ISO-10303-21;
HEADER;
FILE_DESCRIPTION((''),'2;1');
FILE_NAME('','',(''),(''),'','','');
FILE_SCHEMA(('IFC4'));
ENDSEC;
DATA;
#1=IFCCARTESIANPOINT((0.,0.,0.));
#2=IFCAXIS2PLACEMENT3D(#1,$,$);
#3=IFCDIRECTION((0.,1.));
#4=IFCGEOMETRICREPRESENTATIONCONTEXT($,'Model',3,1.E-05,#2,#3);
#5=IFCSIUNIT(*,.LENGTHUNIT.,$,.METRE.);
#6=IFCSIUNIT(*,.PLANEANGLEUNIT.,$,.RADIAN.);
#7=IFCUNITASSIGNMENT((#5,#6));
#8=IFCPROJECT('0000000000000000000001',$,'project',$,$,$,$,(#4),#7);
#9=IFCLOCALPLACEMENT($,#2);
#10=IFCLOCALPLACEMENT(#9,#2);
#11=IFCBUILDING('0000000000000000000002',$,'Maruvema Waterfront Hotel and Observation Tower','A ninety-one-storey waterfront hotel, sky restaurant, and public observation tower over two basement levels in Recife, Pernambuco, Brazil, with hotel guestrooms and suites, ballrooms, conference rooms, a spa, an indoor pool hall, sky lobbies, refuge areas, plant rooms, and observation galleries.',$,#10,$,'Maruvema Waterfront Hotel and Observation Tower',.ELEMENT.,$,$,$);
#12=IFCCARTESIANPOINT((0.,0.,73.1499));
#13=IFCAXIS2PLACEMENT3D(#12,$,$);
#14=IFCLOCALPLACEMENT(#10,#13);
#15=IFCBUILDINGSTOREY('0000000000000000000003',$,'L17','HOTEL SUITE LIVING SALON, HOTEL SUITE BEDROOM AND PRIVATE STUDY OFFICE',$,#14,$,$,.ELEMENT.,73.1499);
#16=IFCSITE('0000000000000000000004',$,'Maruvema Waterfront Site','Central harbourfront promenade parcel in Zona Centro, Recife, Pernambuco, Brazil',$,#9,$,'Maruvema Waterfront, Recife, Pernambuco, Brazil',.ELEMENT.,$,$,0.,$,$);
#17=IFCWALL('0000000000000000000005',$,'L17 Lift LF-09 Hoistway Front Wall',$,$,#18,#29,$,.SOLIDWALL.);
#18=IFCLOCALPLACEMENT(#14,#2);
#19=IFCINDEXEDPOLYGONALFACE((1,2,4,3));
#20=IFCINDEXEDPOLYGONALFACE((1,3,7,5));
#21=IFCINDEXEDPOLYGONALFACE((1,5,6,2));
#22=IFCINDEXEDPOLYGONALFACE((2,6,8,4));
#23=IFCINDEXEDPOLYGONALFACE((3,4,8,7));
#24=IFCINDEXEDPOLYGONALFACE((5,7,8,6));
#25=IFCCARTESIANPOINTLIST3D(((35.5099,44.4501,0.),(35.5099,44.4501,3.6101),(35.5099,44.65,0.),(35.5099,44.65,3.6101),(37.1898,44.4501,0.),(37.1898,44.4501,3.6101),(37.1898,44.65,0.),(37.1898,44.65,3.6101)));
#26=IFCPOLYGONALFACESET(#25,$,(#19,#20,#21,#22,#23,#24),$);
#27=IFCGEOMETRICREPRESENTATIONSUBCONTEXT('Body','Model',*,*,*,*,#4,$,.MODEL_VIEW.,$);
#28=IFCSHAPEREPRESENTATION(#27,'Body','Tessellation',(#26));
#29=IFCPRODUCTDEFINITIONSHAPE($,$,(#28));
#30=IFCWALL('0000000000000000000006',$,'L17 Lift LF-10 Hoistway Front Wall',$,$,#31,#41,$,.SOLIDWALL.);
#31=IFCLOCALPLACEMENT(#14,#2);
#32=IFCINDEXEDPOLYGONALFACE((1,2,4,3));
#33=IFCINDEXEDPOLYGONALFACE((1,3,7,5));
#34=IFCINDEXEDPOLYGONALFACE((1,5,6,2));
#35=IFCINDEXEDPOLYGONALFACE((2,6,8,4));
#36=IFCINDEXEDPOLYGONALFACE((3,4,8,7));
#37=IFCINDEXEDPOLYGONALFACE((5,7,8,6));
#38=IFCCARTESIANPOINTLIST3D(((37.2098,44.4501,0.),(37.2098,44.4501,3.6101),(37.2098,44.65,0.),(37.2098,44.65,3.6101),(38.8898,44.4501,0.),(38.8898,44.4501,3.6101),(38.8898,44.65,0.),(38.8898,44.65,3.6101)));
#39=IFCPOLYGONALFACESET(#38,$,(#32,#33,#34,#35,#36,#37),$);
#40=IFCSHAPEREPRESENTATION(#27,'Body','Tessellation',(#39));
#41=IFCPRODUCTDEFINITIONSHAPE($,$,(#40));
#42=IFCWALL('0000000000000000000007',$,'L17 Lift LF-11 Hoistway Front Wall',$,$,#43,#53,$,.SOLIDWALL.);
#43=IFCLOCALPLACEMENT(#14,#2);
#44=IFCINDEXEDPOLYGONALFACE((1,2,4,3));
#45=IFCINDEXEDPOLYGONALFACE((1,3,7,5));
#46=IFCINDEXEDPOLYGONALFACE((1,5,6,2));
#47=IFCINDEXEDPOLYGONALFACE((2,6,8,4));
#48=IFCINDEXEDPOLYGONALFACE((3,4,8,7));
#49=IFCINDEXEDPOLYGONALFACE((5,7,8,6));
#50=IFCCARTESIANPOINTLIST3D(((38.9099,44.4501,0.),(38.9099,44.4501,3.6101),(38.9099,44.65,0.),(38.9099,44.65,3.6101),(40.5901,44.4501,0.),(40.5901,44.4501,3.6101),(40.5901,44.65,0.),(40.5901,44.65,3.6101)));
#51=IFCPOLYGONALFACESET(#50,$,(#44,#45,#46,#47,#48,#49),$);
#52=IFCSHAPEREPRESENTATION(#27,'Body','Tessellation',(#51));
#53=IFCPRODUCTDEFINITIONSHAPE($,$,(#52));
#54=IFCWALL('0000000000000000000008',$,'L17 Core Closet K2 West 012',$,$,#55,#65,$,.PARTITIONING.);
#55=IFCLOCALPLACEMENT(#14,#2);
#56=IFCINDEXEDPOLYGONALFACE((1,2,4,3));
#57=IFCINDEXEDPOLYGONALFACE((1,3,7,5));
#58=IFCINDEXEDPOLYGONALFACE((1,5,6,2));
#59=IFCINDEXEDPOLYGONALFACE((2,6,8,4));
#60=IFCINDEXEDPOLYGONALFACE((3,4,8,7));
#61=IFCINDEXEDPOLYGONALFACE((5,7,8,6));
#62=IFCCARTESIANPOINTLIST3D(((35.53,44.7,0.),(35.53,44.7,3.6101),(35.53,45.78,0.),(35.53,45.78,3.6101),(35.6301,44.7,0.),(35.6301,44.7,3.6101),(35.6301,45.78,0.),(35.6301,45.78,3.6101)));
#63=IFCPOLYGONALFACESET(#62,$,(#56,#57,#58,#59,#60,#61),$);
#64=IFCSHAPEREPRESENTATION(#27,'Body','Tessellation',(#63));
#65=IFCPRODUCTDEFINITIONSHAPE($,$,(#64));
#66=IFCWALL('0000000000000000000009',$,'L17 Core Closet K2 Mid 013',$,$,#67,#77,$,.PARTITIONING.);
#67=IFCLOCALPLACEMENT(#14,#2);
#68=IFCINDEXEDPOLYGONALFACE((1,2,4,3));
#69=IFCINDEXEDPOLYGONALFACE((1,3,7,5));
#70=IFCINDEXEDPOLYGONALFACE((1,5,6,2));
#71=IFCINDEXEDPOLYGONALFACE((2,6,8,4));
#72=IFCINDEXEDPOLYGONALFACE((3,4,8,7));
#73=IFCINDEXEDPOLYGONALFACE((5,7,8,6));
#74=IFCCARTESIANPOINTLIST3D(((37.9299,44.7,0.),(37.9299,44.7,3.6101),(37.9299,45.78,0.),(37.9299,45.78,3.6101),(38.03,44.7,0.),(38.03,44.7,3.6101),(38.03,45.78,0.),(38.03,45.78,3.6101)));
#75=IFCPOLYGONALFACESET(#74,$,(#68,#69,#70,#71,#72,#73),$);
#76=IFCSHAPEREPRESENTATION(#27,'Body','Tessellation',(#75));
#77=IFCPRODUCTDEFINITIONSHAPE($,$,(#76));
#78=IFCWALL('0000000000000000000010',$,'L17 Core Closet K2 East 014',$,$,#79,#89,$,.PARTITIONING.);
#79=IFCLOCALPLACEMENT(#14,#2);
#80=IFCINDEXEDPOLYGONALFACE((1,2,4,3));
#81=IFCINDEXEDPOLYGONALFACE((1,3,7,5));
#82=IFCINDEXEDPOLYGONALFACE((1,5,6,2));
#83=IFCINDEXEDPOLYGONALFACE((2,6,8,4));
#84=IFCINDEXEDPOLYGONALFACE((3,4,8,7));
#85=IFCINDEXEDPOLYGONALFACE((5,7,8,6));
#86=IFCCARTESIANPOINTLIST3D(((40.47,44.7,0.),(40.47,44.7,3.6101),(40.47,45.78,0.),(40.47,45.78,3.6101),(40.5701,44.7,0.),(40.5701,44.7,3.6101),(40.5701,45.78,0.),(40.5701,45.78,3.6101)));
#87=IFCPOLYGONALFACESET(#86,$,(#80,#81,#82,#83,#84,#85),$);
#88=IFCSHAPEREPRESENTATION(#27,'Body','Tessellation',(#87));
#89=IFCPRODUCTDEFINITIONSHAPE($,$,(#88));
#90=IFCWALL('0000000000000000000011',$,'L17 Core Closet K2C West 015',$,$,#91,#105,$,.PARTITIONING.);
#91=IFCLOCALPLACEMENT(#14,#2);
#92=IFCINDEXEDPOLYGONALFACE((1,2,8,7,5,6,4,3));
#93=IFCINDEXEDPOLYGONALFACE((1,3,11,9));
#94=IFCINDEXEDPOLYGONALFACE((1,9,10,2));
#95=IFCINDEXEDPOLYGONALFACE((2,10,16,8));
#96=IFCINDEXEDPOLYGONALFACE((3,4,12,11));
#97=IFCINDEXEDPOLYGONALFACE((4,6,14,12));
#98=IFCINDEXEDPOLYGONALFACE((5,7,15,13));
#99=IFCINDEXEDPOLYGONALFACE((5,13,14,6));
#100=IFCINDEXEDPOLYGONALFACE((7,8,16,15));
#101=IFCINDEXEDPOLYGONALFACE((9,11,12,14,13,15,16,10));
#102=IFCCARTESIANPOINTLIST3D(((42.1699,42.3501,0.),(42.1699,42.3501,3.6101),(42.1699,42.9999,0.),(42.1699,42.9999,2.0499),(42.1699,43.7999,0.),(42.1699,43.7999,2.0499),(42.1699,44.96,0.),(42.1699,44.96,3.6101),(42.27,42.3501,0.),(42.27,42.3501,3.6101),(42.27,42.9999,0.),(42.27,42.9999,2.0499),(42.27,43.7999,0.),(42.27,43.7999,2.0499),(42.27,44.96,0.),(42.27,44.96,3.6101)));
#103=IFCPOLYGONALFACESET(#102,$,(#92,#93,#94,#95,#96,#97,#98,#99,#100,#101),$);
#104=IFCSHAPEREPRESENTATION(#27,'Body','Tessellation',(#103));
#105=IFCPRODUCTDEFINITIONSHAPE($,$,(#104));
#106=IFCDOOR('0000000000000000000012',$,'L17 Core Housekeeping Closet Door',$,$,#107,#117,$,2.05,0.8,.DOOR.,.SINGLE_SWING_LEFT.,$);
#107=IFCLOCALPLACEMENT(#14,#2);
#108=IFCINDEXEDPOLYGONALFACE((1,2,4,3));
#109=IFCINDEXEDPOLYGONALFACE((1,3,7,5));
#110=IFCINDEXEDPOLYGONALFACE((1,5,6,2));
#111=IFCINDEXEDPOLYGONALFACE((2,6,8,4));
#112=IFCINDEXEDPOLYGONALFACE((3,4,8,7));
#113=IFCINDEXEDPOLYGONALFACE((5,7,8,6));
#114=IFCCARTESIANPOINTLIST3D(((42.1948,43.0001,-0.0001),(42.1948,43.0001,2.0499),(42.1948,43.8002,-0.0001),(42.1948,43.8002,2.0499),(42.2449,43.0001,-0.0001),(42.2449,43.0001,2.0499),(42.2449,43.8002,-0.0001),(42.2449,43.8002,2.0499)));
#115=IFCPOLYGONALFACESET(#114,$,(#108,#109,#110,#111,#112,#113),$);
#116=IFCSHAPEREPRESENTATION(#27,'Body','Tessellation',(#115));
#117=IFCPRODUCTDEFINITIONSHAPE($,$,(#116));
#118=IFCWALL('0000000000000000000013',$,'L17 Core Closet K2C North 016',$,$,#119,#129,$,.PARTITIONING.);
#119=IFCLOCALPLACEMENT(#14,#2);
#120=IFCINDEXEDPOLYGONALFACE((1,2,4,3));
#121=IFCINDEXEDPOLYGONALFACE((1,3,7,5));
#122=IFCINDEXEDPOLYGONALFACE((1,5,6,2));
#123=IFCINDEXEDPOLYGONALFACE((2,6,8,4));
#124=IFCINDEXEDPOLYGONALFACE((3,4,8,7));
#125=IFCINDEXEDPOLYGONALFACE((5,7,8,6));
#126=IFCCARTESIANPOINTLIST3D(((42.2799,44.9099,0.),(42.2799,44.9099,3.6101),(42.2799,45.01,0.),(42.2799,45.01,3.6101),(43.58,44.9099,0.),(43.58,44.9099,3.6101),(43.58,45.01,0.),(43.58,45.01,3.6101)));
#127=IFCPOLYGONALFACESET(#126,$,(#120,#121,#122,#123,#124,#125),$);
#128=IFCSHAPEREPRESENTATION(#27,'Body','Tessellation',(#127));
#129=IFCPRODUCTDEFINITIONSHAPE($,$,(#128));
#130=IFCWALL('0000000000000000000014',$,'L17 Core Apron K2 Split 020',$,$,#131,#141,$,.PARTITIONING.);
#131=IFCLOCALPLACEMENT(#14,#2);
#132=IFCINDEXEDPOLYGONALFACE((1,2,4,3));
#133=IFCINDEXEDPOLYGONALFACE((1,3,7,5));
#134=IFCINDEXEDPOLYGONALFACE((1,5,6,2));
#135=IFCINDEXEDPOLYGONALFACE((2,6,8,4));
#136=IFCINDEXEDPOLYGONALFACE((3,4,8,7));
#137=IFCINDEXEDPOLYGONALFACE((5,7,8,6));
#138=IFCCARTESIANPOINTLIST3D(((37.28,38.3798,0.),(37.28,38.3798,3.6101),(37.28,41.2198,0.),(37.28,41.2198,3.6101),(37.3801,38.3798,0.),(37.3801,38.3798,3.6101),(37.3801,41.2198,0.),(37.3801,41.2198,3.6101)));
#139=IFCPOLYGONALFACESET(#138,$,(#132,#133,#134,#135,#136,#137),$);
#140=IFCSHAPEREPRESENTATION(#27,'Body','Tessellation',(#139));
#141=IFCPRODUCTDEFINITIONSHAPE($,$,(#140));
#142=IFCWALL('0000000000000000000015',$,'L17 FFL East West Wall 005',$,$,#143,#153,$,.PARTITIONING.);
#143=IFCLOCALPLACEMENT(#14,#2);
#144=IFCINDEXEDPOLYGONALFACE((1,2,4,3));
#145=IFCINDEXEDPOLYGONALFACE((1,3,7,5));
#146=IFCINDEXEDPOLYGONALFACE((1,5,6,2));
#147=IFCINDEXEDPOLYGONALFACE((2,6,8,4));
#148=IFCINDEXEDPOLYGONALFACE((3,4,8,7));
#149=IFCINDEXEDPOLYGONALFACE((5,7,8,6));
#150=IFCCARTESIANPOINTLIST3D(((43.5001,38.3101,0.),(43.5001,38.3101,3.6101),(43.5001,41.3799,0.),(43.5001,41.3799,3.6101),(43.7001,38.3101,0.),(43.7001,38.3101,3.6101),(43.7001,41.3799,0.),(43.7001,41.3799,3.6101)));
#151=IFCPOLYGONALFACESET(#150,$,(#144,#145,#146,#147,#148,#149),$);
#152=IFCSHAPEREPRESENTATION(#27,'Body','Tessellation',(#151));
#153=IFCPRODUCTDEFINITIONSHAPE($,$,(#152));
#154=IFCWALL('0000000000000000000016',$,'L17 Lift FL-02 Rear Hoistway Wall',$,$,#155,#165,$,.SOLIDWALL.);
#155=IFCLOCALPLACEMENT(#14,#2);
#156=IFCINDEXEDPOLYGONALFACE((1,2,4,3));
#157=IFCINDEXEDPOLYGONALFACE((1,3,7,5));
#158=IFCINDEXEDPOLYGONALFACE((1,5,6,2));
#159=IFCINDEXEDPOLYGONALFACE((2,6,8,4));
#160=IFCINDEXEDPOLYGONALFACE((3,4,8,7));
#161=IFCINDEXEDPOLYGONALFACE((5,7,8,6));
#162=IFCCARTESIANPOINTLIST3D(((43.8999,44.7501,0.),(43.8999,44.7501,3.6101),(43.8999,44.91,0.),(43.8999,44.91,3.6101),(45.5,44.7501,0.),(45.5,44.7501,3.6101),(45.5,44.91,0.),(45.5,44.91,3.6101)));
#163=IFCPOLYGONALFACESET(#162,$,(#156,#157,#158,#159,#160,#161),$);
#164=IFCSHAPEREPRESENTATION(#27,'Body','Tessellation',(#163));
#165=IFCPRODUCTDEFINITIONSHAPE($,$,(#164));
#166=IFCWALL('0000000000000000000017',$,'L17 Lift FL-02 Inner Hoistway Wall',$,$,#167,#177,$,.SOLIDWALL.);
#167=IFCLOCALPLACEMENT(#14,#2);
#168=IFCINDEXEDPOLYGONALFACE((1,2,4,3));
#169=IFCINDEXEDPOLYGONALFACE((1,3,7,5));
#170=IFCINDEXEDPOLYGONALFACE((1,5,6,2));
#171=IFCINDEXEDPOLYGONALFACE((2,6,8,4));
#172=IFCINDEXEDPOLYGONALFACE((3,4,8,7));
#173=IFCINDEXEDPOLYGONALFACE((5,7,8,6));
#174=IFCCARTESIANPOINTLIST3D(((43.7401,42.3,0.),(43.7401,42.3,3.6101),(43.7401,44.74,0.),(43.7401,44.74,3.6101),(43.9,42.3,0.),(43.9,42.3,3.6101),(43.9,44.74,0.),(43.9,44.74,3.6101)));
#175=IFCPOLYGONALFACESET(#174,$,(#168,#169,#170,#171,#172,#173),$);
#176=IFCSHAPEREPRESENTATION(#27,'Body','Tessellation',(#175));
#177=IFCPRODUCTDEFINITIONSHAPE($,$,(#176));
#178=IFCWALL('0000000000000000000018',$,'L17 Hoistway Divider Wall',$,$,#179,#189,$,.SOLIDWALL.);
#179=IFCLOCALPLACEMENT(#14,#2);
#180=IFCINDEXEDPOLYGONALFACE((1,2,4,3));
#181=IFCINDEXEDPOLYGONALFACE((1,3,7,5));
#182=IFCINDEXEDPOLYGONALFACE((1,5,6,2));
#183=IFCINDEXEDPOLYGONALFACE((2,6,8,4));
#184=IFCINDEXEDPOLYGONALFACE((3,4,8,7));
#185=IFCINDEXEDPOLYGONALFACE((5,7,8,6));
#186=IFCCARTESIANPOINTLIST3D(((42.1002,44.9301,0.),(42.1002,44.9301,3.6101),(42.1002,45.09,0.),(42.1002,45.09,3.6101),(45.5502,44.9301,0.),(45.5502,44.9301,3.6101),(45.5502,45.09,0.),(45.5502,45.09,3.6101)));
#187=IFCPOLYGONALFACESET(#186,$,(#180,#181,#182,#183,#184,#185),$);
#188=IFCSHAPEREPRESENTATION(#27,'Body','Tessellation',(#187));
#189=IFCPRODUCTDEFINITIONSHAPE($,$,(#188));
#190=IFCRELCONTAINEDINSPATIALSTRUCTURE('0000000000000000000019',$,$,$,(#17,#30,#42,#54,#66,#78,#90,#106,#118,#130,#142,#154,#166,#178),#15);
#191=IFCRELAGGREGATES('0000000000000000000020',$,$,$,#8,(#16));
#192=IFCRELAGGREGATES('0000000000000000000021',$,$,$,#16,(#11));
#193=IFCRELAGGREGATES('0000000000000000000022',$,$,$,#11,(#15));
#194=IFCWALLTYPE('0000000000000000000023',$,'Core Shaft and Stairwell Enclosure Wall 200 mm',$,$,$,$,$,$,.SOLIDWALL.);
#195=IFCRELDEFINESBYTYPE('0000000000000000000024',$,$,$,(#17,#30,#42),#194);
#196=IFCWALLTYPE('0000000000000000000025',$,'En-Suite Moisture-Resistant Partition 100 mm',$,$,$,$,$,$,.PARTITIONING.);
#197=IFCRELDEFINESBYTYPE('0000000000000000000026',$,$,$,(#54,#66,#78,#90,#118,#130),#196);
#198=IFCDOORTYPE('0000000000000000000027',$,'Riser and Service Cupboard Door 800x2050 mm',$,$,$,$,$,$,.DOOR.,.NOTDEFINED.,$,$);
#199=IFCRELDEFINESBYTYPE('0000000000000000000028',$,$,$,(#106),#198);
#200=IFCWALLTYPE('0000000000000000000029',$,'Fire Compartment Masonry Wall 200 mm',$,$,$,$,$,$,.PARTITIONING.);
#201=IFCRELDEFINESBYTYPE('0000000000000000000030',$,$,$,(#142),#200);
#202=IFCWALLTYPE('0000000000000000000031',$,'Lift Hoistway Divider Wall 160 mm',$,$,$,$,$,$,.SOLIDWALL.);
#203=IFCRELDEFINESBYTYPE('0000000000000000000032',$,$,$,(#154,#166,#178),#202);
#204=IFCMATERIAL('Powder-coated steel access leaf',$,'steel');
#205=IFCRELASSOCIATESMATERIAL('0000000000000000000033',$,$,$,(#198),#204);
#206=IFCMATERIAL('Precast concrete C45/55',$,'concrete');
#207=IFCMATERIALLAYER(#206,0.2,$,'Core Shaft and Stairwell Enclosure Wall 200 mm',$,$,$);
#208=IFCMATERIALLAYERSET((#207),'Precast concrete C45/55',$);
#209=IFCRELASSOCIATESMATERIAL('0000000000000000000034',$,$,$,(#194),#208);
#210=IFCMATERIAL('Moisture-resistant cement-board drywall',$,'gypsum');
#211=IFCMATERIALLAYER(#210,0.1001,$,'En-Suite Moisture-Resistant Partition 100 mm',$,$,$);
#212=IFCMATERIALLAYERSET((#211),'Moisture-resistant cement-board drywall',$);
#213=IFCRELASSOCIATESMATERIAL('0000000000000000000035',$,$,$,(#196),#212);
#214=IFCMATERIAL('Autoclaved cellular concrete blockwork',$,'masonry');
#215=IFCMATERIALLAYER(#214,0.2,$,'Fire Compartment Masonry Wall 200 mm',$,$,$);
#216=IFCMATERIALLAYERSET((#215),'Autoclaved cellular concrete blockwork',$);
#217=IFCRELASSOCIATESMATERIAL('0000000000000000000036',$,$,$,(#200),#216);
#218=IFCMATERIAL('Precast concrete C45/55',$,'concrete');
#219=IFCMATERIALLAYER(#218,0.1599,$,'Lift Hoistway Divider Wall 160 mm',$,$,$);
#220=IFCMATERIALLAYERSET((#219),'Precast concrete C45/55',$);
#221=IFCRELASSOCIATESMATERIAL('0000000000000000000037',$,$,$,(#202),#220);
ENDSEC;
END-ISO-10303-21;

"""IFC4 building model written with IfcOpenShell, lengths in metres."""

from ifc_helpers import new_model, si_unit, direction, frame, frame_2d, origin, place, context, subcontext, project, spatial, rectangle, extrude, material, layer, layer_set, type_object, element, fill, save


model = new_model("IFC4")

# Units and contexts
model_context = context("Model", 3, precision=1e-05, world=origin(), true_north=direction((0.0, 1.0)))
body_context = subcontext(model_context, "Body", "Model", "MODEL_VIEW")
ifc_project = project(units=[si_unit("LENGTHUNIT", "METRE"), si_unit("PLANEANGLEUNIT", "RADIAN")], contexts=[model_context])

# Site, building, storey
site_placement = place(None, origin())
site = spatial("IfcSite", under=ifc_project, at=site_placement, Name="Maruvema Waterfront Site", Description="Central harbourfront promenade parcel in Zona Centro, Recife, Pernambuco, Brazil", LongName="Maruvema Waterfront, Recife, Pernambuco, Brazil", CompositionType="ELEMENT", RefElevation=0.0)
building_placement = place(site_placement, origin())
building = spatial("IfcBuilding", under=site, at=building_placement, Name="Maruvema Waterfront Hotel and Observation Tower", Description="A ninety-one-storey waterfront hotel, sky restaurant, and public observation tower over two basement levels in Recife, Pernambuco, Brazil, with hotel guestrooms and suites, ballrooms, conference rooms, a spa, an indoor pool hall, sky lobbies, refuge areas, plant rooms, and observation galleries.", LongName="Maruvema Waterfront Hotel and Observation Tower", CompositionType="ELEMENT")
storey_placement = place(building_placement, frame((0.0, 0.0, 73.1499)))
storey = spatial("IfcBuildingStorey", under=building, at=storey_placement, Name="L17", Description="HOTEL SUITE LIVING SALON, HOTEL SUITE BEDROOM AND PRIVATE STUDY OFFICE", CompositionType="ELEMENT", Elevation=73.1499)

# Shared definitions
ifc_material_1 = material(Name="Powder-coated steel access leaf", Category="steel")
door_type_1 = type_object("IfcDoorType", Name="Riser and Service Cupboard Door 800x2050 mm", OperationType="NOTDEFINED", PredefinedType="DOOR", material=ifc_material_1)

# Walls
ifc_material_2 = material(Name="Precast concrete C45/55", Category="concrete")
ifc_layer_1 = layer(ifc_material_2, 0.2, Name="Core Shaft and Stairwell Enclosure Wall 200 mm")
ifc_layer_set_1 = layer_set([ifc_layer_1], Name="Precast concrete C45/55")
wall_type_1 = type_object("IfcWallType", Name="Core Shaft and Stairwell Enclosure Wall 200 mm", PredefinedType="SOLIDWALL", material=ifc_layer_set_1)
for number, where, z_axis, x_axis, name in (
    (1, (35.51, 44.55, 0.0), (0.0, 0.0, 1.0), (1.0, 0.0, 0.0), "L17 Lift LF-09 Hoistway Front Wall"),
    (2, (37.21, 44.55, 0.0), (0.0, 0.0, 1.0), (1.0, 0.0, 0.0), "L17 Lift LF-10 Hoistway Front Wall"),
):
    element("IfcWall", number, at=place(storey_placement, frame(where, z_axis=z_axis, x_axis=x_axis)), inside=storey, type_object=wall_type_1, Name=name, PredefinedType="SOLIDWALL", context=body_context, shape_type="SweptSolid", body=[
        extrude(rectangle(XDim=1.6799, YDim=0.2, at=frame_2d((0.8398, 0.0))), origin(), (0.0, 0.0, 1.0), 3.6101),
    ])
wall_1_placement = place(storey_placement, frame((38.9099, 44.55, 0.0), z_axis=(0.0, 0.0, 1.0), x_axis=(1.0, 0.0, 0.0)))
element("IfcWall", 3, at=wall_1_placement, inside=storey, type_object=wall_type_1, Name="L17 Lift LF-11 Hoistway Front Wall", PredefinedType="SOLIDWALL", context=body_context, shape_type="SweptSolid", body=[
    extrude(rectangle(XDim=1.6802, YDim=0.2, at=frame_2d((0.8401, 0.0))), origin(), (0.0, 0.0, 1.0), 3.6101),
])

# Walls
ifc_material_3 = material(Name="Moisture-resistant cement-board drywall", Category="gypsum")
ifc_layer_2 = layer(ifc_material_3, 0.1001, Name="En-Suite Moisture-Resistant Partition 100 mm")
ifc_layer_set_2 = layer_set([ifc_layer_2], Name="Moisture-resistant cement-board drywall")
wall_type_2 = type_object("IfcWallType", Name="En-Suite Moisture-Resistant Partition 100 mm", PredefinedType="PARTITIONING", material=ifc_layer_set_2)
for number, where, z_axis, x_axis, name in (
    (4, (35.5801, 44.7, 0.0), (0.0, 0.0, 1.0), (0.0, 1.0, 0.0), "L17 Core Closet K2 West 012"),
    (5, (37.98, 44.7, 0.0), (0.0, 0.0, 1.0), (0.0, 1.0, 0.0), "L17 Core Closet K2 Mid 013"),
    (6, (40.52, 44.7, 0.0), (0.0, 0.0, 1.0), (0.0, 1.0, 0.0), "L17 Core Closet K2 East 014"),
):
    element("IfcWall", number, at=place(storey_placement, frame(where, z_axis=z_axis, x_axis=x_axis)), inside=storey, type_object=wall_type_2, Name=name, PredefinedType="PARTITIONING", context=body_context, shape_type="SweptSolid", body=[
        extrude(rectangle(XDim=1.0801, YDim=0.1001, at=frame_2d((0.54, 0.0))), origin(), (0.0, 0.0, 1.0), 3.6101),
    ])

# Wall, opening, door
wall_2_placement = place(storey_placement, frame((42.22, 42.3501, 0.0), z_axis=(0.0, 0.0, 1.0), x_axis=(0.0, 1.0, 0.0)))
wall_2 = element("IfcWall", 7, at=wall_2_placement, inside=storey, type_object=wall_type_2, Name="L17 Core Closet K2C West 015", PredefinedType="PARTITIONING", context=body_context, shape_type="SweptSolid", body=[
    extrude(rectangle(XDim=2.6099, YDim=0.1001, at=frame_2d((1.3049, 0.0))), origin(), (0.0, 0.0, 1.0), 3.6101),
])
opening_1_placement = place(wall_2_placement, frame((0.6499, 0.0, 0.0)))
opening_1 = element("IfcOpeningElement", 8, at=opening_1_placement, cuts=wall_2, PredefinedType="OPENING", context=body_context, shape_type="SweptSolid", body=[
    extrude(rectangle(XDim=0.8, YDim=2.05, at=frame_2d((0.3999, 1.0249))), frame((0.0, 0.0601, 0.0), z_axis=(0.0, -1.0, 0.0), x_axis=(1.0, 0.0, 0.0)), (0.0, 0.0, 1.0), 0.1201),
])
door_1_placement = place(opening_1_placement, frame((0.8, 0.0, 0.0), z_axis=(0.0, 0.0, 1.0), x_axis=(-1.0, 0.0, 0.0)))
door_1 = element("IfcDoor", 9, at=door_1_placement, inside=storey, type_object=door_type_1, Name="L17 Core Housekeeping Closet Door", OperationType="SINGLE_SWING_LEFT", OverallHeight=2.05, OverallWidth=0.8, PredefinedType="DOOR", context=body_context, shape_type="SweptSolid", body=[
    extrude(rectangle(XDim=0.8, YDim=2.05, at=frame_2d((0.3999, 1.0249))), frame((0.0, 0.0249, 0.0), z_axis=(0.0, -1.0, 0.0), x_axis=(1.0, 0.0, 0.0)), (0.0, 0.0, 1.0), 0.05),
])
fill(opening_1, door_1)

# Walls
wall_3_placement = place(storey_placement, frame((42.28, 44.96, 0.0), z_axis=(0.0, 0.0, 1.0), x_axis=(1.0, 0.0, 0.0)))
element("IfcWall", 10, at=wall_3_placement, inside=storey, type_object=wall_type_2, Name="L17 Core Closet K2C North 016", PredefinedType="PARTITIONING", context=body_context, shape_type="SweptSolid", body=[
    extrude(rectangle(XDim=1.3, YDim=0.1001, at=frame_2d((0.6499, 0.0))), origin(), (0.0, 0.0, 1.0), 3.6101),
])
wall_4_placement = place(storey_placement, frame((37.3301, 38.3799, 0.0), z_axis=(0.0, 0.0, 1.0), x_axis=(0.0, 1.0, 0.0)))
element("IfcWall", 11, at=wall_4_placement, inside=storey, type_object=wall_type_2, Name="L17 Core Apron K2 Split 020", PredefinedType="PARTITIONING", context=body_context, shape_type="SweptSolid", body=[
    extrude(rectangle(XDim=2.8401, YDim=0.1001, at=frame_2d((1.4199, 0.0))), origin(), (0.0, 0.0, 1.0), 3.6101),
])

# Shared definitions
ifc_material_4 = material(Name="Autoclaved cellular concrete blockwork", Category="masonry")
ifc_layer_3 = layer(ifc_material_4, 0.2, Name="Fire Compartment Masonry Wall 200 mm")
ifc_layer_set_3 = layer_set([ifc_layer_3], Name="Autoclaved cellular concrete blockwork")
wall_type_3 = type_object("IfcWallType", Name="Fire Compartment Masonry Wall 200 mm", PredefinedType="PARTITIONING", material=ifc_layer_set_3)

# Walls
wall_5_placement = place(storey_placement, frame((43.6001, 38.3101, 0.0), z_axis=(0.0, 0.0, 1.0), x_axis=(0.0, 1.0, 0.0)))
element("IfcWall", 12, at=wall_5_placement, inside=storey, type_object=wall_type_3, Name="L17 FFL East West Wall 005", PredefinedType="PARTITIONING", context=body_context, shape_type="SweptSolid", body=[
    extrude(rectangle(XDim=3.0698, YDim=0.2, at=frame_2d((1.5349, 0.0))), origin(), (0.0, 0.0, 1.0), 3.6101),
])
ifc_material_5 = material(Name="Precast concrete C45/55", Category="concrete")
ifc_layer_4 = layer(ifc_material_5, 0.1599, Name="Lift Hoistway Divider Wall 160 mm")
ifc_layer_set_4 = layer_set([ifc_layer_4], Name="Precast concrete C45/55")
wall_type_4 = type_object("IfcWallType", Name="Lift Hoistway Divider Wall 160 mm", PredefinedType="SOLIDWALL", material=ifc_layer_set_4)
wall_6_placement = place(storey_placement, frame((43.8999, 44.8301, 0.0), z_axis=(0.0, 0.0, 1.0), x_axis=(1.0, 0.0, 0.0)))
element("IfcWall", 13, at=wall_6_placement, inside=storey, type_object=wall_type_4, Name="L17 Lift FL-02 Rear Hoistway Wall", PredefinedType="SOLIDWALL", context=body_context, shape_type="SweptSolid", body=[
    extrude(rectangle(XDim=1.6001, YDim=0.1599, at=frame_2d((0.8, 0.0))), origin(), (0.0, 0.0, 1.0), 3.6101),
])
wall_7_placement = place(storey_placement, frame((43.8201, 42.3, 0.0), z_axis=(0.0, 0.0, 1.0), x_axis=(0.0, 1.0, 0.0)))
element("IfcWall", 14, at=wall_7_placement, inside=storey, type_object=wall_type_4, Name="L17 Lift FL-02 Inner Hoistway Wall", PredefinedType="SOLIDWALL", context=body_context, shape_type="SweptSolid", body=[
    extrude(rectangle(XDim=2.4399, YDim=0.1599, at=frame_2d((1.22, 0.0))), origin(), (0.0, 0.0, 1.0), 3.6101),
])
wall_8_placement = place(storey_placement, frame((42.1001, 45.01, 0.0), z_axis=(0.0, 0.0, 1.0), x_axis=(1.0, 0.0, 0.0)))
element("IfcWall", 15, at=wall_8_placement, inside=storey, type_object=wall_type_4, Name="L17 Hoistway Divider Wall", PredefinedType="SOLIDWALL", context=body_context, shape_type="SweptSolid", body=[
    extrude(rectangle(XDim=3.45, YDim=0.1599, at=frame_2d((1.7251, 0.0))), origin(), (0.0, 0.0, 1.0), 3.6101),
])

save(model, "model.ifc")
